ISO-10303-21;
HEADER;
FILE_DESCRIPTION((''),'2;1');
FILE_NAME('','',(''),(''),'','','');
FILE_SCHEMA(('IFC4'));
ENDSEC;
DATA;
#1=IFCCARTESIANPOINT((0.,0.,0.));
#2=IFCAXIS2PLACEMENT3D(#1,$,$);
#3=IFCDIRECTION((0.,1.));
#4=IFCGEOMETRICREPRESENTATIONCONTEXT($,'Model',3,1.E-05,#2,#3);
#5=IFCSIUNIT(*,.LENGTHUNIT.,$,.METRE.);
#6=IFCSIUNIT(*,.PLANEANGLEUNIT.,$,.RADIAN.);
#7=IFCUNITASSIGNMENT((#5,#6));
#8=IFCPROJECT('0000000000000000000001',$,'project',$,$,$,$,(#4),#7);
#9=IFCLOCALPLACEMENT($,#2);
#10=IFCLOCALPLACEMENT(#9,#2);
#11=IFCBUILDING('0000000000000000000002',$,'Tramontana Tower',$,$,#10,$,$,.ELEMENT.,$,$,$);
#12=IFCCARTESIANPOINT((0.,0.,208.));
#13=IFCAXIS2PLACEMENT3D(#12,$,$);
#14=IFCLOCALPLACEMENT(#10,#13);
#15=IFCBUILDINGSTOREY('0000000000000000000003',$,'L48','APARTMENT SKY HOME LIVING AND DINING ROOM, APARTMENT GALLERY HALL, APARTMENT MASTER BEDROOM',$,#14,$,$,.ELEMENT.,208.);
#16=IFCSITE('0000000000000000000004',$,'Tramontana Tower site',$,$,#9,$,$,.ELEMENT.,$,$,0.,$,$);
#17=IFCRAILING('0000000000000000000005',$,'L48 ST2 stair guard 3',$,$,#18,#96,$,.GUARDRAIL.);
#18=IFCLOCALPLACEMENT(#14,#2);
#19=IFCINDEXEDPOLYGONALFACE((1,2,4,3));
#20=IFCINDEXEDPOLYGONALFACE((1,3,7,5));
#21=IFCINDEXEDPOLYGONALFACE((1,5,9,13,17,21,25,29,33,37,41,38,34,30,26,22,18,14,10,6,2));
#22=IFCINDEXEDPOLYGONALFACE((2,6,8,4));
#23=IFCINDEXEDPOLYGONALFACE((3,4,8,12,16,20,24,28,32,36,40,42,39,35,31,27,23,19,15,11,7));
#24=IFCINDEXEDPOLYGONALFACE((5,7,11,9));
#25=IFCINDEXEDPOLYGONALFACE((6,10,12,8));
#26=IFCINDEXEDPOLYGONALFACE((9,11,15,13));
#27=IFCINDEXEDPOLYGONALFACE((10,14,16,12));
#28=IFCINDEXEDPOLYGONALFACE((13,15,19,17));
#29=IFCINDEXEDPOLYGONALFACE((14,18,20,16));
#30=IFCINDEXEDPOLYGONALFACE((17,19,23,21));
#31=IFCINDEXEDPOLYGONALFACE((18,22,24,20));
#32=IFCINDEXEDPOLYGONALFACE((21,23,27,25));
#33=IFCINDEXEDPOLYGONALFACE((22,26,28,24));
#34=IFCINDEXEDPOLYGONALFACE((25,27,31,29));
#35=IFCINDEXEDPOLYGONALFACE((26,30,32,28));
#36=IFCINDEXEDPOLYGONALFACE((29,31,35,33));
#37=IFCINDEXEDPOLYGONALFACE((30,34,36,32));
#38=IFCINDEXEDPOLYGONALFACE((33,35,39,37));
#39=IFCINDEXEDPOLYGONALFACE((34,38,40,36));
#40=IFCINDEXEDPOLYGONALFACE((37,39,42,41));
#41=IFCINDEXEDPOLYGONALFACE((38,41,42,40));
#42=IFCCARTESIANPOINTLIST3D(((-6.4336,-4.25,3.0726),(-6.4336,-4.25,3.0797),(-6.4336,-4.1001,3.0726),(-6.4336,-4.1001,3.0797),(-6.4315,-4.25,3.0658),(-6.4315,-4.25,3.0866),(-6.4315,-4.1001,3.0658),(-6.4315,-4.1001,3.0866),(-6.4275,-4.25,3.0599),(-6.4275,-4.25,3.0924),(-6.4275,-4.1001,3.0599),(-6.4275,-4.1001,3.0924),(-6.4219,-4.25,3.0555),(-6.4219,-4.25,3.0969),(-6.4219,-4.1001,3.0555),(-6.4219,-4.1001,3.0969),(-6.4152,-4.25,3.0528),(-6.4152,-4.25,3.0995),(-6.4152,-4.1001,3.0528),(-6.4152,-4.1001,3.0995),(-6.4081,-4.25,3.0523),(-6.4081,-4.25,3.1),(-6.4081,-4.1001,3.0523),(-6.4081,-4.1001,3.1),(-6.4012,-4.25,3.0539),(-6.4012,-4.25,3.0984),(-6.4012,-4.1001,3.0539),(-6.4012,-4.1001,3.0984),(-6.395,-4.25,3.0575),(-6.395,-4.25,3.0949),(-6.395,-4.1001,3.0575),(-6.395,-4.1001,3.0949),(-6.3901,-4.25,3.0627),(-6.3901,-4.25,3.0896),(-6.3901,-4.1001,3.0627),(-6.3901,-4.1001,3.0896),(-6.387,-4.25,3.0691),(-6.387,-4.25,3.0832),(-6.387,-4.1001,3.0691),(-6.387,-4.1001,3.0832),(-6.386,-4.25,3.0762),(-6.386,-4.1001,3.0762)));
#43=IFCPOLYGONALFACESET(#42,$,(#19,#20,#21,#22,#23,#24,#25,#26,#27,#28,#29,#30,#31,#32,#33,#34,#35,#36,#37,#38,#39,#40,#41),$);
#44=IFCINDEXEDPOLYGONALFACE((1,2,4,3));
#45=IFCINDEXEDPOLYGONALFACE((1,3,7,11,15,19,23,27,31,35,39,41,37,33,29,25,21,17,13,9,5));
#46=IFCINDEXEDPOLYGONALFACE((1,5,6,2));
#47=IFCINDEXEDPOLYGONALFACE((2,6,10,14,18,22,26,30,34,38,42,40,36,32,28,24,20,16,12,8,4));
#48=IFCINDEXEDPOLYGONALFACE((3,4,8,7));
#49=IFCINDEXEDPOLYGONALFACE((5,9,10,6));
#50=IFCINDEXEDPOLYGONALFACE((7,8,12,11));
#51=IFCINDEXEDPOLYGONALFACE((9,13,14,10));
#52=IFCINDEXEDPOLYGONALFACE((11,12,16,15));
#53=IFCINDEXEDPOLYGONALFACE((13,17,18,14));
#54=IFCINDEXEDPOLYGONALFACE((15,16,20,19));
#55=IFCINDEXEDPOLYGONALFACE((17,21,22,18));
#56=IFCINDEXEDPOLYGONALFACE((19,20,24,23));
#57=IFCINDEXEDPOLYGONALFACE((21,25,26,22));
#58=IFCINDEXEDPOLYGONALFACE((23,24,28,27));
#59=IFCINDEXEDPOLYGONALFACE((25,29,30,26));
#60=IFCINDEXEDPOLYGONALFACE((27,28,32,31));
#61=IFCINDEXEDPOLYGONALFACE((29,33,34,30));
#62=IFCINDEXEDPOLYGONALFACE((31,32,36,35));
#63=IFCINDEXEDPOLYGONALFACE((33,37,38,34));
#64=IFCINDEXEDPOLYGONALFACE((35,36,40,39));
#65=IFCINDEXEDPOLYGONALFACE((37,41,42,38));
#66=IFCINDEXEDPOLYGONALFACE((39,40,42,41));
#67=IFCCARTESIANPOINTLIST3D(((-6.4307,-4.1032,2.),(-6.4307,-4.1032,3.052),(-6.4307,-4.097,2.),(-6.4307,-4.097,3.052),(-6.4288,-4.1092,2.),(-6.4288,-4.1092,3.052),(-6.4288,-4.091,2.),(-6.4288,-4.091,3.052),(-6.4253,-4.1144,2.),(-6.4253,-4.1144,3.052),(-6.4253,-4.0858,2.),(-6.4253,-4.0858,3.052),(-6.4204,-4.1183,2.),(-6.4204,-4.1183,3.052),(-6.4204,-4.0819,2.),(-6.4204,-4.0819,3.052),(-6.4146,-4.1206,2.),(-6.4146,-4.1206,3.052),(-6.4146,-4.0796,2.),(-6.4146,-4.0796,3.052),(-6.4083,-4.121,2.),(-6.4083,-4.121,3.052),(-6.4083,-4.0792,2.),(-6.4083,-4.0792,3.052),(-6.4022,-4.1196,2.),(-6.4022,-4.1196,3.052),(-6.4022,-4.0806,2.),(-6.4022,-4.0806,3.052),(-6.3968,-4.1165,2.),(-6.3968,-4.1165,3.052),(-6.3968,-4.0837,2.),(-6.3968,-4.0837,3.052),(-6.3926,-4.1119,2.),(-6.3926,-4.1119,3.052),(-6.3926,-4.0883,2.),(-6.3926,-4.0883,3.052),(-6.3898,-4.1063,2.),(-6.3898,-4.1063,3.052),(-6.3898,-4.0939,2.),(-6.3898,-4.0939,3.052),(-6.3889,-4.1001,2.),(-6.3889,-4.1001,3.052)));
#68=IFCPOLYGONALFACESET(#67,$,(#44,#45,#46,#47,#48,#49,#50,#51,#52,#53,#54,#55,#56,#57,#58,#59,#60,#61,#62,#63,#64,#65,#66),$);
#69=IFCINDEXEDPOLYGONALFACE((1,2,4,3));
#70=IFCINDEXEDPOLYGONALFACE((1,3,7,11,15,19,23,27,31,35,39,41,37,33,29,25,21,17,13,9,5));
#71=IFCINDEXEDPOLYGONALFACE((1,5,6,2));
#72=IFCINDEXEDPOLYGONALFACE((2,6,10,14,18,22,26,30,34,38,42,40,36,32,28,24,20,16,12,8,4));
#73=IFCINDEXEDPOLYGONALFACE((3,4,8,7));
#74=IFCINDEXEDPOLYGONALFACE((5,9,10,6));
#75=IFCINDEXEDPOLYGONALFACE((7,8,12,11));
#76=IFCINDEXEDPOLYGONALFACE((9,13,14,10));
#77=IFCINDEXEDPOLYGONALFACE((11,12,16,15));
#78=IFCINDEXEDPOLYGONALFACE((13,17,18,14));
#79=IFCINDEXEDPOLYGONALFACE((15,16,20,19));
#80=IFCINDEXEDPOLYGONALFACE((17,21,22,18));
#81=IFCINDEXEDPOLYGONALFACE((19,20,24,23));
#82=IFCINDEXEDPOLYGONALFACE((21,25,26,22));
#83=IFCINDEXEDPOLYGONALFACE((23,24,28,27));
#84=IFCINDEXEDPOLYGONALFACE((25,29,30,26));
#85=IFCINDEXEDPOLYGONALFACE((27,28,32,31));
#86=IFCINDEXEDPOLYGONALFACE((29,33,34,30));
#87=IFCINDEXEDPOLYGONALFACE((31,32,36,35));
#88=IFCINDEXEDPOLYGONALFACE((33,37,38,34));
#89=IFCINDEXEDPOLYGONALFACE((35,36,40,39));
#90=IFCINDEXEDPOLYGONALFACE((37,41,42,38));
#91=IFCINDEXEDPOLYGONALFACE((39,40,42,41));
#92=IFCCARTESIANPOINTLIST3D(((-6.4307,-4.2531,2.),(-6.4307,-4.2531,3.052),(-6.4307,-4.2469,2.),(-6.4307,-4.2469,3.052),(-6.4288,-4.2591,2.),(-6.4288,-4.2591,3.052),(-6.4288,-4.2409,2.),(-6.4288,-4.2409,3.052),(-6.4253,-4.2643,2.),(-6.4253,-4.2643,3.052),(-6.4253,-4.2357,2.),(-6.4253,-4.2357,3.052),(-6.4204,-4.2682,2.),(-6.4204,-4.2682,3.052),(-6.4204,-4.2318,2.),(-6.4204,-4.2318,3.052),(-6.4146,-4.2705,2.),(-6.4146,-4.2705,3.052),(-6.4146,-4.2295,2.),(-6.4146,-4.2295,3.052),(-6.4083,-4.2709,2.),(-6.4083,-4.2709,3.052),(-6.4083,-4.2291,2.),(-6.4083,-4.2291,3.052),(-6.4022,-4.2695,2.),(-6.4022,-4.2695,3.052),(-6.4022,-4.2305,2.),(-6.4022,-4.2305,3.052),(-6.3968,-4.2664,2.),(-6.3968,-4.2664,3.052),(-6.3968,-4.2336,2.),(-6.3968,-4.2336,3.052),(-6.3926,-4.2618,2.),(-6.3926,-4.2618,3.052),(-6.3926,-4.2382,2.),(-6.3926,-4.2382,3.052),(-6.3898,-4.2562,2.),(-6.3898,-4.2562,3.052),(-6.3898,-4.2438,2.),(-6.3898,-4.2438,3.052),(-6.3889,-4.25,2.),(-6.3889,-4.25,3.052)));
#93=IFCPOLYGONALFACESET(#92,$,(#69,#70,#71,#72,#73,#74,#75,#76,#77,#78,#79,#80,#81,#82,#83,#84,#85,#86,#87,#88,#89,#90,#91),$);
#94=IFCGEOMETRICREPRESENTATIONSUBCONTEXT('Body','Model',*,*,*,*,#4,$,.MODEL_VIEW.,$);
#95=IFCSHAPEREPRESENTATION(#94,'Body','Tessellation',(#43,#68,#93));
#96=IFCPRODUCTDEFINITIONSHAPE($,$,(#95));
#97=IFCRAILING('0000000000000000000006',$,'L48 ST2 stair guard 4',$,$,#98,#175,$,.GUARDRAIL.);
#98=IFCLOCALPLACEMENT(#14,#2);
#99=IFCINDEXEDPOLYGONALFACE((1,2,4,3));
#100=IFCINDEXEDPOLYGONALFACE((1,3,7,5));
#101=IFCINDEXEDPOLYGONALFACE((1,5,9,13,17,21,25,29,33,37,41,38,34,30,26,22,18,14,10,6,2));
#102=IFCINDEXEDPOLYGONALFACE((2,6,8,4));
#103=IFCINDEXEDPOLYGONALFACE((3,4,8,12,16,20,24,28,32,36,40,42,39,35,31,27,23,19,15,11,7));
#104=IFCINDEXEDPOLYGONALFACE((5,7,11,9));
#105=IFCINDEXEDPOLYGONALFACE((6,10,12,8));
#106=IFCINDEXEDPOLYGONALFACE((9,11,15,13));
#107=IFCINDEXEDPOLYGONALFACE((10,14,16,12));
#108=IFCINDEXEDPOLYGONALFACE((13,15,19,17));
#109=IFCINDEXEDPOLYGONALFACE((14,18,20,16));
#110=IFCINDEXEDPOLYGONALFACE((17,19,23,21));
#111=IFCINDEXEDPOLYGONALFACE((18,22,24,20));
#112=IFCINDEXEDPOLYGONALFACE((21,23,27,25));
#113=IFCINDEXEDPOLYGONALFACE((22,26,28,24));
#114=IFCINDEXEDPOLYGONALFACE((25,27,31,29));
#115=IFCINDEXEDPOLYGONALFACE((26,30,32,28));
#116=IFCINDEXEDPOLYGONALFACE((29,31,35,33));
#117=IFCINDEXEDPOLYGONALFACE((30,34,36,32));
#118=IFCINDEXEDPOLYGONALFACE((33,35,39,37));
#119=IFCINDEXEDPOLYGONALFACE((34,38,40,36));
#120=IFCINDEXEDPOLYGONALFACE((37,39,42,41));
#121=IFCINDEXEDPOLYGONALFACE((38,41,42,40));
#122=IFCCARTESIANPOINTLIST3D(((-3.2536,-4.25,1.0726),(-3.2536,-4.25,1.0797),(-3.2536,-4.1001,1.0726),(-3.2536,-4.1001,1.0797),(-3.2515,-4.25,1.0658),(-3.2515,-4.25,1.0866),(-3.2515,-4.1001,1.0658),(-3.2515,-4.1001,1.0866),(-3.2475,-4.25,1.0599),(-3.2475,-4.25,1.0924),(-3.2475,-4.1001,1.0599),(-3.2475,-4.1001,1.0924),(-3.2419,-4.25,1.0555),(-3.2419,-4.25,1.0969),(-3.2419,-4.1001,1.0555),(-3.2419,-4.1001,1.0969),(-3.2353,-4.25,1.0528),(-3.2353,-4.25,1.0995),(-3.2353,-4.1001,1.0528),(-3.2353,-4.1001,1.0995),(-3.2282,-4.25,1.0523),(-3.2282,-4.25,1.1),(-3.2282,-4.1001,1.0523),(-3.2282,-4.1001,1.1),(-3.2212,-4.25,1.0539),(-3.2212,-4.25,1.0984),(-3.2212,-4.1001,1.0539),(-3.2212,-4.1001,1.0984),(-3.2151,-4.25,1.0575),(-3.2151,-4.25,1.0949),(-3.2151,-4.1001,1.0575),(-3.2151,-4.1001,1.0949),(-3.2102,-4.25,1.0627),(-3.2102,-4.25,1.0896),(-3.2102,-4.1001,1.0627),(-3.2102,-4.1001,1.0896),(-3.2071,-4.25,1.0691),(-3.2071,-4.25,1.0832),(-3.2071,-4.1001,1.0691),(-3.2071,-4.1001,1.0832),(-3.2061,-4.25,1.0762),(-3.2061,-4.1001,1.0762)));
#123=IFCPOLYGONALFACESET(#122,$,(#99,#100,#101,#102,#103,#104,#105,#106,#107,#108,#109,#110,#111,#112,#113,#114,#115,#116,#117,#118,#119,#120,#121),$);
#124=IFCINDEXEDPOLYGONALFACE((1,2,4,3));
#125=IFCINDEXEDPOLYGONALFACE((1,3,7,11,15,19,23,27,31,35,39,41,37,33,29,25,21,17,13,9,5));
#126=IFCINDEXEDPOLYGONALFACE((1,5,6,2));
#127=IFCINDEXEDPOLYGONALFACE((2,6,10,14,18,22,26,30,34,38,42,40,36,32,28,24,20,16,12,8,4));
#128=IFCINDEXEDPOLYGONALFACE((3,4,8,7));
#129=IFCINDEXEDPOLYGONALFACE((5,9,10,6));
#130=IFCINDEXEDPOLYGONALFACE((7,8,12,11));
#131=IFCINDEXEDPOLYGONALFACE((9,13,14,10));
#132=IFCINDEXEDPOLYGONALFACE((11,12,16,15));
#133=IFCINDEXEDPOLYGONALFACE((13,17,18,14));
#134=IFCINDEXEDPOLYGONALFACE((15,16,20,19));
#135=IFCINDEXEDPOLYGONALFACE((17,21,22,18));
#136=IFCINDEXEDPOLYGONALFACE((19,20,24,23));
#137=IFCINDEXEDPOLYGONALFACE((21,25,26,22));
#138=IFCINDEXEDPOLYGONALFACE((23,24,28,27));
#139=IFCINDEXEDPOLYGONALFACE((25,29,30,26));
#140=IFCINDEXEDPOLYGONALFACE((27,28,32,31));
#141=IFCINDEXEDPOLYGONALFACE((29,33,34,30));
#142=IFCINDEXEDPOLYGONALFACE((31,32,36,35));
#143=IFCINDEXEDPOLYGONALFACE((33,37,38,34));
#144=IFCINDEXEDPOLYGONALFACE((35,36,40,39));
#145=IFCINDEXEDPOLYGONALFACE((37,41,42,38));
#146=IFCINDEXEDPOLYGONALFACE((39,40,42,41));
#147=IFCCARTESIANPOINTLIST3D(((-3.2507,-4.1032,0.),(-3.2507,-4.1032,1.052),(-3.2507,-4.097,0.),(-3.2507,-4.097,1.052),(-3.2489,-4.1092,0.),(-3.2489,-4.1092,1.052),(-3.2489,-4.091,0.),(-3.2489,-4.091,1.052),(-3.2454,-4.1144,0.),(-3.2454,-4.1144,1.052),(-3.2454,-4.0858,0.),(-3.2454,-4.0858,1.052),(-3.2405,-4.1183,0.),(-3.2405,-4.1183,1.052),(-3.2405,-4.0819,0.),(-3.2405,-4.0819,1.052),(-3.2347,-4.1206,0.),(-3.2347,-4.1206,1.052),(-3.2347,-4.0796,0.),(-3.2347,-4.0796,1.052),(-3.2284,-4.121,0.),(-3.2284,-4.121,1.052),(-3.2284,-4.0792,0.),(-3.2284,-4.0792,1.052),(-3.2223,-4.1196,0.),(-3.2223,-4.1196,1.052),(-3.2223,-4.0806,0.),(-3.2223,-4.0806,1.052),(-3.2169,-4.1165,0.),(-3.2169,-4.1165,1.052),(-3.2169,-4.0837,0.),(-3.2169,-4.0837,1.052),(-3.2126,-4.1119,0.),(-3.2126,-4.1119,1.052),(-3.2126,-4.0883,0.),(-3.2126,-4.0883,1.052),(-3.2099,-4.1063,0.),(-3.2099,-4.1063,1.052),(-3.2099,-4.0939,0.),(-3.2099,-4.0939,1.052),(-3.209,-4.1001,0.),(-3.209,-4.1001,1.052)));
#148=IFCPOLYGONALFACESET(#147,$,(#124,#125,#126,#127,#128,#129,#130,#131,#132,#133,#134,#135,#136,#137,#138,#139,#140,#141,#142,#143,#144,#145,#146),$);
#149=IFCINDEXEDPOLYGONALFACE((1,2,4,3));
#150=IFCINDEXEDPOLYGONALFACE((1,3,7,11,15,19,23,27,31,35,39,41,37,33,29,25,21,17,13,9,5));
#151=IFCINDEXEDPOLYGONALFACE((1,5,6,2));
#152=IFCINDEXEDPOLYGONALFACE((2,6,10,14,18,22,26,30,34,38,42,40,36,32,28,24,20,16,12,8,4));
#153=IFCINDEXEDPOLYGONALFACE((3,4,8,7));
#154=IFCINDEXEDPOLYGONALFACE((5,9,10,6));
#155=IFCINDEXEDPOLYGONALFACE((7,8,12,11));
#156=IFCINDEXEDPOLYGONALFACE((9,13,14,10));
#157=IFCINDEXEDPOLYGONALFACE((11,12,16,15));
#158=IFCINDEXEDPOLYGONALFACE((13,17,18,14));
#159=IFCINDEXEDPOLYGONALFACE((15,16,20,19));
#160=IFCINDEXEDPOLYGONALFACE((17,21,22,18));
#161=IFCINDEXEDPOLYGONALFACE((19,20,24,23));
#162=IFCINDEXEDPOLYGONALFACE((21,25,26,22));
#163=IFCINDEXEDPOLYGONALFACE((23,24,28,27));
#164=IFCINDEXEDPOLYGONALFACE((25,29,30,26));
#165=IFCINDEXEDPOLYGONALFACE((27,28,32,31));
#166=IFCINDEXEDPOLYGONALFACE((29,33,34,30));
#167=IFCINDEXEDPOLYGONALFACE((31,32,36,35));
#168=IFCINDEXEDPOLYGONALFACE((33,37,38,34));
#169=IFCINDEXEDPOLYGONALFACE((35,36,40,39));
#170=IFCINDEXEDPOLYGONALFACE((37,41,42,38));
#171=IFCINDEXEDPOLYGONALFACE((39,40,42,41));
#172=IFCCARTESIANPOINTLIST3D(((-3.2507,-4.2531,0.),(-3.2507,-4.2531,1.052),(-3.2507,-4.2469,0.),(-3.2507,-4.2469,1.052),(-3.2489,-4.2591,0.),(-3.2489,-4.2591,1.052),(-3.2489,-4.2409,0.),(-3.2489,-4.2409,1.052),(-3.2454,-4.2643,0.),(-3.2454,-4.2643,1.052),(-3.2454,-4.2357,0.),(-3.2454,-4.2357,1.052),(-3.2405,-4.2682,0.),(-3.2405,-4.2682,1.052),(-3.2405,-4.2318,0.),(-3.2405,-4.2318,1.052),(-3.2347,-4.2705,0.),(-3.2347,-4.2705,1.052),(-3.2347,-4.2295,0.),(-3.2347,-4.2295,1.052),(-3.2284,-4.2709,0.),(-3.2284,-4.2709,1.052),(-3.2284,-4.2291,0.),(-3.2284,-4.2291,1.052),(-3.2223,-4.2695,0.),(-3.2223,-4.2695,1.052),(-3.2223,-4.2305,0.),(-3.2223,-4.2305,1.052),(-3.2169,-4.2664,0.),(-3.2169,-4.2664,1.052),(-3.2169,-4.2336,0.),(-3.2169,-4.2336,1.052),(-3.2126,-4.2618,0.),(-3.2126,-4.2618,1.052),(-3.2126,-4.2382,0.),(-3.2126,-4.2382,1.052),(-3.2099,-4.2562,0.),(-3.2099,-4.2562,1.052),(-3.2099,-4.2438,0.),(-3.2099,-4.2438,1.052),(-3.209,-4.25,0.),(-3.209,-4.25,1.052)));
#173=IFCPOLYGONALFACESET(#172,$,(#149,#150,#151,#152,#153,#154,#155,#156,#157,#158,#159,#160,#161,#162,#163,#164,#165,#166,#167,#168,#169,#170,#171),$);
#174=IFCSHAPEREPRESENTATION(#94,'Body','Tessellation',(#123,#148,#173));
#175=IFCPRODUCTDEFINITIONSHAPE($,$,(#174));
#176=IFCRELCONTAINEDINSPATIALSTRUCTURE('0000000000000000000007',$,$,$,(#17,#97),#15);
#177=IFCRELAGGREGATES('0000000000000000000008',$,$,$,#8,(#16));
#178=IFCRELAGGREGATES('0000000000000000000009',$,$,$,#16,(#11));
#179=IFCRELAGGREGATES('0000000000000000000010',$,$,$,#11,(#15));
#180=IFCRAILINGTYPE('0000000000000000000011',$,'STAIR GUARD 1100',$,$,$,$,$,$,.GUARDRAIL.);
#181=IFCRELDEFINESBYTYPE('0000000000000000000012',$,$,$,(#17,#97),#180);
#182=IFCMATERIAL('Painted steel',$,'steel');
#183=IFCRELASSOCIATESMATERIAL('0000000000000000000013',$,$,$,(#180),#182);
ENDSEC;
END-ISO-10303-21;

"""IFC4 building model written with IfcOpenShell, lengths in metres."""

from ifc_helpers import new_model, si_unit, direction, frame, origin, origin_2d, place, context, subcontext, project, spatial, circle, extrude, material, type_object, element, save


model = new_model("IFC4")

# Units and contexts
model_context = context("Model", 3, precision=1e-05, world=origin(), true_north=direction((0.0, 1.0)))
body_context = subcontext(model_context, "Body", "Model", "MODEL_VIEW")
ifc_project = project(units=[si_unit("LENGTHUNIT", "METRE"), si_unit("PLANEANGLEUNIT", "RADIAN")], contexts=[model_context])

# Site, building, storey
site_placement = place(None, origin())
site = spatial("IfcSite", under=ifc_project, at=site_placement, Name="Tramontana Tower site", CompositionType="ELEMENT", RefElevation=0.0)
building_placement = place(site_placement, origin())
building = spatial("IfcBuilding", under=site, at=building_placement, Name="Tramontana Tower", CompositionType="ELEMENT")
storey_placement = place(building_placement, frame((0.0, 0.0, 208.0)))
storey = spatial("IfcBuildingStorey", under=building, at=storey_placement, Name="L48", Description="APARTMENT SKY HOME LIVING AND DINING ROOM, APARTMENT GALLERY HALL, APARTMENT MASTER BEDROOM", CompositionType="ELEMENT", Elevation=208.0)

# Railings
ifc_material_1 = material(Name="Painted steel", Category="steel")
railing_type_1 = type_object("IfcRailingType", Name="STAIR GUARD 1100", PredefinedType="GUARDRAIL", material=ifc_material_1)
for number, where, name in (
    (1, (-6.4099, -4.1001, 2.0), "L48 ST2 stair guard 3"),
    (2, (-3.23, -4.1001, 0.0), "L48 ST2 stair guard 4"),
):
    element("IfcRailing", number, at=place(storey_placement, frame(where)), inside=storey, type_object=railing_type_1, Name=name, PredefinedType="GUARDRAIL", context=body_context, shape_type="SweptSolid", body=[
        extrude(circle(Radius=0.0239, at=origin_2d()), frame((0.0, 0.0, 1.0762), z_axis=(0.0, -1.0, 0.0), x_axis=(1.0, 0.0, 0.0)), (0.0, 0.0, 1.0), 0.1499),
        extrude(circle(Radius=0.021, at=origin_2d()), origin(), (0.0, 0.0, 1.0), 1.052),
        extrude(circle(Radius=0.021, at=origin_2d()), frame((0.0, -0.1499, 0.0)), (0.0, 0.0, 1.0), 1.052),
    ])

save(model, "model.ifc")
